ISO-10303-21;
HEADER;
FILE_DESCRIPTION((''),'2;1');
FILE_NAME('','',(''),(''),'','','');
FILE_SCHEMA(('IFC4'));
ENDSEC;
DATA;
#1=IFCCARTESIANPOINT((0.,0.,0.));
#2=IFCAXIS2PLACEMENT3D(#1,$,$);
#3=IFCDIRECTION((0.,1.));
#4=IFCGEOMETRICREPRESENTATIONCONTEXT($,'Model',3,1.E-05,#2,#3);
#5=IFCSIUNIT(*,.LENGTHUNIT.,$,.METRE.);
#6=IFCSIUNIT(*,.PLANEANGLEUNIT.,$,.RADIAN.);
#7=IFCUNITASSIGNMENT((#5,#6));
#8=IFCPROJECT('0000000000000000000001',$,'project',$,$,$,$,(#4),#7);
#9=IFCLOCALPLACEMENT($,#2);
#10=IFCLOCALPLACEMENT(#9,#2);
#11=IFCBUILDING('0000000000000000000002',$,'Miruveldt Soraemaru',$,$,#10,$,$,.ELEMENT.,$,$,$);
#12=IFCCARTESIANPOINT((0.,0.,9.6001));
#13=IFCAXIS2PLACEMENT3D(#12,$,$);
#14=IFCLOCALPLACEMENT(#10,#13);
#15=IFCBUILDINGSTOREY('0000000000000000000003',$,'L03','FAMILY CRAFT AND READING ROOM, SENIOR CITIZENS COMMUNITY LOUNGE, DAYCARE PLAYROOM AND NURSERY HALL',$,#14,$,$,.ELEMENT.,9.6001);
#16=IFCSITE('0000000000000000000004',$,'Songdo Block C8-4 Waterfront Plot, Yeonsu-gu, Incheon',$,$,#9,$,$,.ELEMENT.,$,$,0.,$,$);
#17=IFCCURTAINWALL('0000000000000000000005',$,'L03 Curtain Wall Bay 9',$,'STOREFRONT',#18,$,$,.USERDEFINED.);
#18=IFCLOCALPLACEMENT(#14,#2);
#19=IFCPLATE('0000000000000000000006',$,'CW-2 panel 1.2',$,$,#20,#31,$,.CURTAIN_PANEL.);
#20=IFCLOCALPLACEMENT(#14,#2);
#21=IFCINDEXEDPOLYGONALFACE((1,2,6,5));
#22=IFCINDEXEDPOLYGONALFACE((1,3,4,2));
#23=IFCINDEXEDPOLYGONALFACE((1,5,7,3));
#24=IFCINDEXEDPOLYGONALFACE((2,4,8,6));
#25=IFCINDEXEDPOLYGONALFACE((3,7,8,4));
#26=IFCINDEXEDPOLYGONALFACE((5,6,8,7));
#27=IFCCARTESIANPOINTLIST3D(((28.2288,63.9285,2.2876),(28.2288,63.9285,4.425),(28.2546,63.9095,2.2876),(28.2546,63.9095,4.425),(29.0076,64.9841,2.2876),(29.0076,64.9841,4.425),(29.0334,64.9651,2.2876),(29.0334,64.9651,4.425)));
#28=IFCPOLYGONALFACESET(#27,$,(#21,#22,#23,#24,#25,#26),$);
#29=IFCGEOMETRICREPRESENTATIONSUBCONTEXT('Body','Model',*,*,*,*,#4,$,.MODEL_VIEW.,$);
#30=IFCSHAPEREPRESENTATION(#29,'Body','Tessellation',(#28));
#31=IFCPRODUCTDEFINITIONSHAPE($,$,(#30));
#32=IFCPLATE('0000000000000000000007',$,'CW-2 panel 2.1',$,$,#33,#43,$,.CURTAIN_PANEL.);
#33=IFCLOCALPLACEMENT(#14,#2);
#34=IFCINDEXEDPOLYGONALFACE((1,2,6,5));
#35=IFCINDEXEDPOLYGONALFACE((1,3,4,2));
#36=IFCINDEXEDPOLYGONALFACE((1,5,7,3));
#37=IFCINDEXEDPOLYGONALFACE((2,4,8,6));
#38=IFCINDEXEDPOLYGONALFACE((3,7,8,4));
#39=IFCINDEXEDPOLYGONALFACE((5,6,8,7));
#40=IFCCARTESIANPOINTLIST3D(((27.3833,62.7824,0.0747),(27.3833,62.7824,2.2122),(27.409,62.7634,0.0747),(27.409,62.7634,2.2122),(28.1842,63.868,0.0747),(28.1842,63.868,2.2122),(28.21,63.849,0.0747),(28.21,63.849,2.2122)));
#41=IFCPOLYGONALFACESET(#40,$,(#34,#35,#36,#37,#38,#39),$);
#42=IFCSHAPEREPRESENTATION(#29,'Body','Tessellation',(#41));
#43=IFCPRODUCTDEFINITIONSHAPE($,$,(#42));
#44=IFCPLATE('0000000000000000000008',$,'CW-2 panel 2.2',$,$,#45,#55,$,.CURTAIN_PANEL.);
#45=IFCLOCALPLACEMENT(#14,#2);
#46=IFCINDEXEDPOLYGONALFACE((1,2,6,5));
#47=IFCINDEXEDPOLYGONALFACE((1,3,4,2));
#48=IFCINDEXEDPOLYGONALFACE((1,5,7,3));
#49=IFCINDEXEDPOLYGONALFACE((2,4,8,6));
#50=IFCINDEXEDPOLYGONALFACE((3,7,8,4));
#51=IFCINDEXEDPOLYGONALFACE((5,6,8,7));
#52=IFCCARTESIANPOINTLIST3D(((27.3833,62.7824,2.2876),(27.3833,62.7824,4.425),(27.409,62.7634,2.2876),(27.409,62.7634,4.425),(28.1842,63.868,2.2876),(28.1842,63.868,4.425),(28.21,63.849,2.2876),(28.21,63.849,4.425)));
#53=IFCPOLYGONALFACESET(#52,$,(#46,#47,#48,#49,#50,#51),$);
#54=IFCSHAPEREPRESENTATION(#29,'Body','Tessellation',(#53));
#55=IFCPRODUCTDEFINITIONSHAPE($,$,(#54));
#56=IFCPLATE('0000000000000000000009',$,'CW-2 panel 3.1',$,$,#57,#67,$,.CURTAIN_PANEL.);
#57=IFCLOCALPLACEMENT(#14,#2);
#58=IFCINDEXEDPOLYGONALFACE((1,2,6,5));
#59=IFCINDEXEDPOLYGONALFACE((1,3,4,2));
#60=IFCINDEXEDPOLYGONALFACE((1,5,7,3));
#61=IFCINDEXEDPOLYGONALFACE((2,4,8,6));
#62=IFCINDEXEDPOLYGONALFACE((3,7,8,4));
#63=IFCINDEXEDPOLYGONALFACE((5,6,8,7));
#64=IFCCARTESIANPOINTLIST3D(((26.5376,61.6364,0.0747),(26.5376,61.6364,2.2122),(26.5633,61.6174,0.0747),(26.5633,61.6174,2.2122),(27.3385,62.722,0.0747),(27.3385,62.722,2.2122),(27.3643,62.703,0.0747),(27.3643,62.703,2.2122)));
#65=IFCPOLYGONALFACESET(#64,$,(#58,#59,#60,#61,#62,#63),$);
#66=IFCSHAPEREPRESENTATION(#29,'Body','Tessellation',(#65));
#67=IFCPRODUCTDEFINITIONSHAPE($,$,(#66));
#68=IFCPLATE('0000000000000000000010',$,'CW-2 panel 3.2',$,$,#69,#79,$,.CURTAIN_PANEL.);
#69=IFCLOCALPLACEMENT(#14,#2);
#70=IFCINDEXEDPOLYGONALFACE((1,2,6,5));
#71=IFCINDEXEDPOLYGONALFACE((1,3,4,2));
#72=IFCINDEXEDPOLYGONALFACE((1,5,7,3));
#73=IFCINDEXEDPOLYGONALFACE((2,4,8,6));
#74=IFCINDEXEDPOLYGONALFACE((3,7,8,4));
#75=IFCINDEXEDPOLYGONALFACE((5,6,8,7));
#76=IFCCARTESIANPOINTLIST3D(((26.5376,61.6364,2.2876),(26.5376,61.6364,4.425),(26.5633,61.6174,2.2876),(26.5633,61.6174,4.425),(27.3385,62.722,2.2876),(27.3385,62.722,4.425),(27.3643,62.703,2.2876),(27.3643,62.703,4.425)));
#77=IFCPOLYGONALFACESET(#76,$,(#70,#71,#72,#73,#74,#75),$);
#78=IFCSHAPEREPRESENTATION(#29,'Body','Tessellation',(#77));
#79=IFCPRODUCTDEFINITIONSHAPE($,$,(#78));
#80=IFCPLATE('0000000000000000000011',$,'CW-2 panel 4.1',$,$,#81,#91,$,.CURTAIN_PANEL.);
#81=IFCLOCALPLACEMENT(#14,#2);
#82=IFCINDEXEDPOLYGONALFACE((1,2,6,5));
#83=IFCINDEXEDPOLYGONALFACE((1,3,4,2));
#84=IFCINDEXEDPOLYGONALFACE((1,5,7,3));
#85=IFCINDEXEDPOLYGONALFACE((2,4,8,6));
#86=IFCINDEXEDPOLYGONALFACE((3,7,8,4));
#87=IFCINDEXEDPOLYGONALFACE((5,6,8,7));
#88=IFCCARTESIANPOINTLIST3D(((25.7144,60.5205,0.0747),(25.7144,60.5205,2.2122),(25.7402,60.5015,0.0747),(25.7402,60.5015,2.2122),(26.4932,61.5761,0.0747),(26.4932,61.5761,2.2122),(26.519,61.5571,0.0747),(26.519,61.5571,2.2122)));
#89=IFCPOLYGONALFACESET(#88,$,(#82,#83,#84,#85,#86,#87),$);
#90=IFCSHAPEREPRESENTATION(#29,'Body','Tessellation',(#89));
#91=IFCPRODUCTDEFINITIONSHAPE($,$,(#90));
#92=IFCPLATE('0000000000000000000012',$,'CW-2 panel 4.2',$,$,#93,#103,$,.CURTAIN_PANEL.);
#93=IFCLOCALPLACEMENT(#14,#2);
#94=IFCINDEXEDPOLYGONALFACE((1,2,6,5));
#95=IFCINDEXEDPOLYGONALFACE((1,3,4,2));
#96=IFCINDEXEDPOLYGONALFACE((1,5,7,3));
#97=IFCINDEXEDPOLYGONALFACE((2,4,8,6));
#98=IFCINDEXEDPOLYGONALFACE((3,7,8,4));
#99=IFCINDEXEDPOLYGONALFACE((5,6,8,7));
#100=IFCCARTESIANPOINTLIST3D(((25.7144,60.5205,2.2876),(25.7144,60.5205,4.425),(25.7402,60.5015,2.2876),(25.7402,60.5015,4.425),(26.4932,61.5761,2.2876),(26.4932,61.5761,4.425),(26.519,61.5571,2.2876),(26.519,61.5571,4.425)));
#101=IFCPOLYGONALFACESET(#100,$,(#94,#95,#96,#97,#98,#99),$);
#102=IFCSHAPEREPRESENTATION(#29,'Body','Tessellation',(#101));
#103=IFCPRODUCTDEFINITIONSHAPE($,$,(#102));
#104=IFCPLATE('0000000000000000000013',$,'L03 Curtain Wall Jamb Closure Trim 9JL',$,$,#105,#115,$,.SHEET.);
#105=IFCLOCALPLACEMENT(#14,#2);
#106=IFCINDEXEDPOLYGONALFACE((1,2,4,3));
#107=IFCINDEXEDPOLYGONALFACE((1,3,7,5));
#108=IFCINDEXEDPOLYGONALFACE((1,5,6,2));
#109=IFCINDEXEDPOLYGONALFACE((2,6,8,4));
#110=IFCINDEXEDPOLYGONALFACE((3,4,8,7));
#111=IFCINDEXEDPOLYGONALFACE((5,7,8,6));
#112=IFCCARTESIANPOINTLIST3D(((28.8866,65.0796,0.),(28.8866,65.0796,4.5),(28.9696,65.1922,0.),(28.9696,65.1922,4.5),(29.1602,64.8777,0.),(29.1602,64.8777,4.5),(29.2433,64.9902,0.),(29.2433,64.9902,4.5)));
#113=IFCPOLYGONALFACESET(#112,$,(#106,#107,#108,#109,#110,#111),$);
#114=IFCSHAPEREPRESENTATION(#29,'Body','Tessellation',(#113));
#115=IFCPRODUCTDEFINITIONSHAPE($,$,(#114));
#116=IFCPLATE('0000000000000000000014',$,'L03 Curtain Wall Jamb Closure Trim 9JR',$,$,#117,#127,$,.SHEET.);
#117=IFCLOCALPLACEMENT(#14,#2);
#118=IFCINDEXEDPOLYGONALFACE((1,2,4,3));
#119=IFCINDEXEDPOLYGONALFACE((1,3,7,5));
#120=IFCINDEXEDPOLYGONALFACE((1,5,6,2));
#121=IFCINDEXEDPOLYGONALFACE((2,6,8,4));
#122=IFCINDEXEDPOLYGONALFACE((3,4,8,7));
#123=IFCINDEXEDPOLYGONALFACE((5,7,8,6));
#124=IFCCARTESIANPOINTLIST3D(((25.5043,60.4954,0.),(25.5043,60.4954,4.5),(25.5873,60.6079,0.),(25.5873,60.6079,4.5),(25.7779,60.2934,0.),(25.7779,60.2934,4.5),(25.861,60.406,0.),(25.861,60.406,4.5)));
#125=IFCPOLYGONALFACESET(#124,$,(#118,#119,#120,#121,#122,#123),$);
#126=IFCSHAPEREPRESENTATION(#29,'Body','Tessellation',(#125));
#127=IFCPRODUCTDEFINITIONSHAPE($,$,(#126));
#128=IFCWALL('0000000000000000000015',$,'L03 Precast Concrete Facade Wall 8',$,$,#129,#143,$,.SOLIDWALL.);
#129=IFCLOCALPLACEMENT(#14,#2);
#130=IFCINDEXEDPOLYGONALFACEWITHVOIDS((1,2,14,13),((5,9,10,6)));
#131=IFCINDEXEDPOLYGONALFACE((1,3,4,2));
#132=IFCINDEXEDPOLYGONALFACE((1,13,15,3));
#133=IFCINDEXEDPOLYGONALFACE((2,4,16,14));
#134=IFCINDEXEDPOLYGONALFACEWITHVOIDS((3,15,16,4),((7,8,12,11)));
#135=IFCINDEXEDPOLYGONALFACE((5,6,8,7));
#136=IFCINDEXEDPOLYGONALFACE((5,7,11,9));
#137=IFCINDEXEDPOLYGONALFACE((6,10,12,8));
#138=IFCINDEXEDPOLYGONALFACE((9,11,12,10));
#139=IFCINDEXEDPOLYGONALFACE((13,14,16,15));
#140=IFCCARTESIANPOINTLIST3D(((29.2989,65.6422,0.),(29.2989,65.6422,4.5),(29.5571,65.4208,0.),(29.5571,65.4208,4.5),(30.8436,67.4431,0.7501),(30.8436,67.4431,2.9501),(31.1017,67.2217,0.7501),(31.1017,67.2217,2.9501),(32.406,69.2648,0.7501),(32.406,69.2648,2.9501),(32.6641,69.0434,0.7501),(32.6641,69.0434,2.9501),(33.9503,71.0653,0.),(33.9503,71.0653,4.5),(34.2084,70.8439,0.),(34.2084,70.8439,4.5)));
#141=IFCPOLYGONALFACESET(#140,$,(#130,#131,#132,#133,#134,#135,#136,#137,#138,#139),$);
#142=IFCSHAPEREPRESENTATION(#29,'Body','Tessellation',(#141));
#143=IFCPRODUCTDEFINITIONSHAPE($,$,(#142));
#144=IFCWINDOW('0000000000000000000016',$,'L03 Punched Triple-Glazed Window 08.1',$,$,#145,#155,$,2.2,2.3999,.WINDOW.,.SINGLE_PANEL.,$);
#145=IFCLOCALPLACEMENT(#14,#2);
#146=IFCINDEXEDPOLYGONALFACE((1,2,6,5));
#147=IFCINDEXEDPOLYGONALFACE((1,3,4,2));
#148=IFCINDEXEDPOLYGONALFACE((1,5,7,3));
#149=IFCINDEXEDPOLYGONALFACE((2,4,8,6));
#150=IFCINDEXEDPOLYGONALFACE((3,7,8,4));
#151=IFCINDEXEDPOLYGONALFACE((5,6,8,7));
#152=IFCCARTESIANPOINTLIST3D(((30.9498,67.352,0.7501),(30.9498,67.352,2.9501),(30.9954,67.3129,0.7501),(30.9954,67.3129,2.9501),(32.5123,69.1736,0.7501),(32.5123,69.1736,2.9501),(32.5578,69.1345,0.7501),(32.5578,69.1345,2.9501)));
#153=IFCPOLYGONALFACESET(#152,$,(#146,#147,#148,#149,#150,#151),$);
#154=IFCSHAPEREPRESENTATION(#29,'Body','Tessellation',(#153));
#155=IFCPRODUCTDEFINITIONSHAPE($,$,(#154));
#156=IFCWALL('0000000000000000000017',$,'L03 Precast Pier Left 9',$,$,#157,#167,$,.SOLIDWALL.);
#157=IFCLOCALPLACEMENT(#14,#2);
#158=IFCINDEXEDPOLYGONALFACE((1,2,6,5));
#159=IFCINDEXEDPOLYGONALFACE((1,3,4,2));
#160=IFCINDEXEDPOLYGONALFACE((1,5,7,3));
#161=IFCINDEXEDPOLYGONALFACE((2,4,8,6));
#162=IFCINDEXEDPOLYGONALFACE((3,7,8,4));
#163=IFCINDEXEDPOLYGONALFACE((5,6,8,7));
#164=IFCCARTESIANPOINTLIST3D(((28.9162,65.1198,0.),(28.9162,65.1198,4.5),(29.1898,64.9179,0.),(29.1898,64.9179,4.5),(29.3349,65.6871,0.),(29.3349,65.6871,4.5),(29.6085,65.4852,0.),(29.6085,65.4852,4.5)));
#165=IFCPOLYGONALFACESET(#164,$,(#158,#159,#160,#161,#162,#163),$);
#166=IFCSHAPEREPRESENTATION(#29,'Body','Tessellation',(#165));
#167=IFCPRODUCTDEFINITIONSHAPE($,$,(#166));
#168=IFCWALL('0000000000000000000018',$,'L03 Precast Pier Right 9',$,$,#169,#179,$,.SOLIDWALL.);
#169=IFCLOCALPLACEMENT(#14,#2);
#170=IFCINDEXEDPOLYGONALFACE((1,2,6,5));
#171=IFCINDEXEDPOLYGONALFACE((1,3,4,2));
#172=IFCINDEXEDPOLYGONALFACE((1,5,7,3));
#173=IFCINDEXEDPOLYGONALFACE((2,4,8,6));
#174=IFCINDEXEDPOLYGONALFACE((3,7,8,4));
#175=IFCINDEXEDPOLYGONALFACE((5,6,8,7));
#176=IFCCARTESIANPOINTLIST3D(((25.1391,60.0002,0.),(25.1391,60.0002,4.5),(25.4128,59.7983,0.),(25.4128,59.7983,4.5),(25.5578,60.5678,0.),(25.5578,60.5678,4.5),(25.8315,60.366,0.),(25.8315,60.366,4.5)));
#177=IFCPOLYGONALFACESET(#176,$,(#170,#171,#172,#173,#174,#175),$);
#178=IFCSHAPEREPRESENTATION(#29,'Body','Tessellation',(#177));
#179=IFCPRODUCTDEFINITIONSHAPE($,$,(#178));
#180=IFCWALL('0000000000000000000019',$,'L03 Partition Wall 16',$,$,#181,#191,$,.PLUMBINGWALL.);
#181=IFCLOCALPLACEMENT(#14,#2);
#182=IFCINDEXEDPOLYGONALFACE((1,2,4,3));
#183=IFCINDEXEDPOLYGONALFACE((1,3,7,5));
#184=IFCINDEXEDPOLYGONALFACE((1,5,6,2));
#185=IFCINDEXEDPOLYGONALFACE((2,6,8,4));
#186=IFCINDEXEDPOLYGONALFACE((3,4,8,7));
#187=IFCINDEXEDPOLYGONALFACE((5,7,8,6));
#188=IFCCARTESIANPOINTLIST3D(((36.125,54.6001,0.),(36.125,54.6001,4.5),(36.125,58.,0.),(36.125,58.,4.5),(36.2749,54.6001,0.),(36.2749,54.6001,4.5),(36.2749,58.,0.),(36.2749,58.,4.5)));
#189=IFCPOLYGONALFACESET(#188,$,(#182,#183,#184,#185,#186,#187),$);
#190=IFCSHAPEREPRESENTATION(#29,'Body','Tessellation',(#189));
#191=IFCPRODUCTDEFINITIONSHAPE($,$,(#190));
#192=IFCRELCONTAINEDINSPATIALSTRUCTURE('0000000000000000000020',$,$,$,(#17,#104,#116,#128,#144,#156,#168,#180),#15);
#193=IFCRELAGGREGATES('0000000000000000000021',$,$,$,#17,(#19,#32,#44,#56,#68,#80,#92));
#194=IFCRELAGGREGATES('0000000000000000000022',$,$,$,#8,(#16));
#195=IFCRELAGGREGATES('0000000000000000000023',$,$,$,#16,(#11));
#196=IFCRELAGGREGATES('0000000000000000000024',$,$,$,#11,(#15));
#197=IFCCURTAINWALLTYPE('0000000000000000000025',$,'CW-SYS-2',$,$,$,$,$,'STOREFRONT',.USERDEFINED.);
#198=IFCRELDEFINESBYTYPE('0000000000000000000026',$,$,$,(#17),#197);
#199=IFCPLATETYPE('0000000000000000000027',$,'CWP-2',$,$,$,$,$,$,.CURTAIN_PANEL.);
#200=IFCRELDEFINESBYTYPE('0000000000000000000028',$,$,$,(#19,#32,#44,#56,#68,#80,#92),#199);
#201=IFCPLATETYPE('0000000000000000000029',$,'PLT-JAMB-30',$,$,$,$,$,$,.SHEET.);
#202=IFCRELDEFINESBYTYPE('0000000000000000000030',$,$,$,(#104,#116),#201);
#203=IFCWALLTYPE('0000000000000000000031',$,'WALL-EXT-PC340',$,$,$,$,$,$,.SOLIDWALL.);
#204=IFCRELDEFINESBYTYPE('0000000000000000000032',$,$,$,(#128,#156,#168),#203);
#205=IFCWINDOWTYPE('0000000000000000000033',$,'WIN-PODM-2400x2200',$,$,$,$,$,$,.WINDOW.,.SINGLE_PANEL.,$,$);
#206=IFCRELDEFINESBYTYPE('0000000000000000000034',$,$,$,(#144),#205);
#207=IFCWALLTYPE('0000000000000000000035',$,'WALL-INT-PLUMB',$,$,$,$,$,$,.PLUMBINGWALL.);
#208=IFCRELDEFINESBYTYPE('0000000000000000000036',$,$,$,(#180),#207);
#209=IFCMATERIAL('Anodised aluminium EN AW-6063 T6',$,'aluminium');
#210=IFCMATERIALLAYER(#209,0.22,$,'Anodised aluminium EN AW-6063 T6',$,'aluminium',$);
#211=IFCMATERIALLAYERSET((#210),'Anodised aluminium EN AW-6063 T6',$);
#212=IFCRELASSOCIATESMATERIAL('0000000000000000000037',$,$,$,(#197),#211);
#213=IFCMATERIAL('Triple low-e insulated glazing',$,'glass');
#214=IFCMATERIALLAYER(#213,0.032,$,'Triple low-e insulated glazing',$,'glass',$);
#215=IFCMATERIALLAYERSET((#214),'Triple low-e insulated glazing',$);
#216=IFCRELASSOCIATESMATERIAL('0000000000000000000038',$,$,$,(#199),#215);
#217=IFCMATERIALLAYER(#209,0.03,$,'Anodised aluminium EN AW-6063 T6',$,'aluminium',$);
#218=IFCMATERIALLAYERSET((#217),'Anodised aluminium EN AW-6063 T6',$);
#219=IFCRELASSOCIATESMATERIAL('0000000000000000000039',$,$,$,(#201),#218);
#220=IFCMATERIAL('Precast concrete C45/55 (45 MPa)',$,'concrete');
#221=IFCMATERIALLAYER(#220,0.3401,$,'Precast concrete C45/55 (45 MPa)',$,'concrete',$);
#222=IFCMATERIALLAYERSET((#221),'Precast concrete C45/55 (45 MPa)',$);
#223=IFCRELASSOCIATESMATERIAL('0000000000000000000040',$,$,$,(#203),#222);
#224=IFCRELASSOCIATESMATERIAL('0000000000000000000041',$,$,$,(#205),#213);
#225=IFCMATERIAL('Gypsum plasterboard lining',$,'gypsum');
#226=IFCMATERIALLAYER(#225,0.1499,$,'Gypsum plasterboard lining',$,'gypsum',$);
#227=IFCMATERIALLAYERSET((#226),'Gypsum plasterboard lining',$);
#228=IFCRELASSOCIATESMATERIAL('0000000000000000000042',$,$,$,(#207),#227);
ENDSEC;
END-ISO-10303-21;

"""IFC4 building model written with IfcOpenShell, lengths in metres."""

from ifc_helpers import new_model, si_unit, direction, frame, frame_2d, origin, origin_2d, place, context, subcontext, project, spatial, rectangle, extrude, material, layer, layer_set, type_object, element, fill, aggregate, save


model = new_model("IFC4")

# Units and contexts
model_context = context("Model", 3, precision=1e-05, world=origin(), true_north=direction((0.0, 1.0)))
body_context = subcontext(model_context, "Body", "Model", "MODEL_VIEW")
ifc_project = project(units=[si_unit("LENGTHUNIT", "METRE"), si_unit("PLANEANGLEUNIT", "RADIAN")], contexts=[model_context])

# Site, building, storey
site_placement = place(None, origin())
site = spatial("IfcSite", under=ifc_project, at=site_placement, Name="Songdo Block C8-4 Waterfront Plot, Yeonsu-gu, Incheon", CompositionType="ELEMENT", RefElevation=0.0)
building_placement = place(site_placement, origin())
building = spatial("IfcBuilding", under=site, at=building_placement, Name="Miruveldt Soraemaru", CompositionType="ELEMENT")
storey_placement = place(building_placement, frame((0.0, 0.0, 9.6001)))
storey = spatial("IfcBuildingStorey", under=building, at=storey_placement, Name="L03", Description="FAMILY CRAFT AND READING ROOM, SENIOR CITIZENS COMMUNITY LOUNGE, DAYCARE PLAYROOM AND NURSERY HALL", CompositionType="ELEMENT", Elevation=9.6001)

# Curtain wall, plates
ifc_material_1 = material(Name="Anodised aluminium EN AW-6063 T6", Category="aluminium")
ifc_layer_1 = layer(ifc_material_1, 0.22, Name="Anodised aluminium EN AW-6063 T6", Category="aluminium")
ifc_layer_set_1 = layer_set([ifc_layer_1], Name="Anodised aluminium EN AW-6063 T6")
curtain_wall_type = type_object("IfcCurtainWallType", Name="CW-SYS-2", ElementType="STOREFRONT", PredefinedType="USERDEFINED", material=ifc_layer_set_1)
curtain_wall_placement = place(storey_placement, origin())
curtain_wall = element("IfcCurtainWall", 1, at=curtain_wall_placement, inside=storey, type_object=curtain_wall_type, Name="L03 Curtain Wall Bay 9", ObjectType="STOREFRONT", PredefinedType="USERDEFINED")
ifc_material_2 = material(Name="Triple low-e insulated glazing", Category="glass")
ifc_layer_2 = layer(ifc_material_2, 0.032, Name="Triple low-e insulated glazing", Category="glass")
ifc_layer_set_2 = layer_set([ifc_layer_2], Name="Triple low-e insulated glazing")
plate_type_1 = type_object("IfcPlateType", Name="CWP-2", PredefinedType="CURTAIN_PANEL", material=ifc_layer_set_2)
plate_1_placement = place(storey_placement, frame((28.6311, 64.4468, 2.2876), z_axis=(0.0, 0.0, 1.0), x_axis=(-0.593688, -0.804696, 0.0)))
plate_1 = element("IfcPlate", 2, at=plate_1_placement, type_object=plate_type_1, Name="CW-2 panel 1.2", PredefinedType="CURTAIN_PANEL", context=body_context, shape_type="SweptSolid", body=[
    extrude(rectangle(XDim=1.3118, YDim=0.032, at=origin_2d()), origin(), (0.0, 0.0, 1.0), 2.1375),
])
plate_2_placement = place(storey_placement, frame((27.7966, 63.3157, 0.0747), z_axis=(0.0, 0.0, 1.0), x_axis=(-0.593688, -0.804696, 0.0)))
plate_2 = element("IfcPlate", 3, at=plate_2_placement, type_object=plate_type_1, Name="CW-2 panel 2.1", PredefinedType="CURTAIN_PANEL", context=body_context, shape_type="SweptSolid", body=[
    extrude(rectangle(XDim=1.3491, YDim=0.032, at=origin_2d()), origin(), (0.0, 0.0, 1.0), 2.1375),
])
plate_3_placement = place(storey_placement, frame((27.7966, 63.3157, 2.2876), z_axis=(0.0, 0.0, 1.0), x_axis=(-0.593688, -0.804696, 0.0)))
plate_3 = element("IfcPlate", 4, at=plate_3_placement, type_object=plate_type_1, Name="CW-2 panel 2.2", PredefinedType="CURTAIN_PANEL", context=body_context, shape_type="SweptSolid", body=[
    extrude(rectangle(XDim=1.3491, YDim=0.032, at=origin_2d()), origin(), (0.0, 0.0, 1.0), 2.1375),
])
plate_4_placement = place(storey_placement, frame((26.9509, 62.1697, 0.0747), z_axis=(0.0, 0.0, 1.0), x_axis=(-0.593688, -0.804696, 0.0)))
plate_4 = element("IfcPlate", 5, at=plate_4_placement, type_object=plate_type_1, Name="CW-2 panel 3.1", PredefinedType="CURTAIN_PANEL", context=body_context, shape_type="SweptSolid", body=[
    extrude(rectangle(XDim=1.3491, YDim=0.032, at=origin_2d()), origin(), (0.0, 0.0, 1.0), 2.1375),
])
plate_5_placement = place(storey_placement, frame((26.9509, 62.1697, 2.2876), z_axis=(0.0, 0.0, 1.0), x_axis=(-0.593688, -0.804696, 0.0)))
plate_5 = element("IfcPlate", 6, at=plate_5_placement, type_object=plate_type_1, Name="CW-2 panel 3.2", PredefinedType="CURTAIN_PANEL", context=body_context, shape_type="SweptSolid", body=[
    extrude(rectangle(XDim=1.3491, YDim=0.032, at=origin_2d()), origin(), (0.0, 0.0, 1.0), 2.1375),
])
plate_6_placement = place(storey_placement, frame((26.1167, 61.0388, 0.0747), z_axis=(0.0, 0.0, 1.0), x_axis=(-0.593688, -0.804696, 0.0)))
plate_6 = element("IfcPlate", 7, at=plate_6_placement, type_object=plate_type_1, Name="CW-2 panel 4.1", PredefinedType="CURTAIN_PANEL", context=body_context, shape_type="SweptSolid", body=[
    extrude(rectangle(XDim=1.3118, YDim=0.032, at=origin_2d()), origin(), (0.0, 0.0, 1.0), 2.1375),
])
plate_7_placement = place(storey_placement, frame((26.1167, 61.0388, 2.2876), z_axis=(0.0, 0.0, 1.0), x_axis=(-0.593688, -0.804696, 0.0)))
plate_7 = element("IfcPlate", 8, at=plate_7_placement, type_object=plate_type_1, Name="CW-2 panel 4.2", PredefinedType="CURTAIN_PANEL", context=body_context, shape_type="SweptSolid", body=[
    extrude(rectangle(XDim=1.3118, YDim=0.032, at=origin_2d()), origin(), (0.0, 0.0, 1.0), 2.1375),
])
aggregate(curtain_wall, [plate_1, plate_2, plate_3, plate_4, plate_5, plate_6, plate_7])

# Plates
ifc_layer_3 = layer(ifc_material_1, 0.03, Name="Anodised aluminium EN AW-6063 T6", Category="aluminium")
ifc_layer_set_3 = layer_set([ifc_layer_3], Name="Anodised aluminium EN AW-6063 T6")
plate_type_2 = type_object("IfcPlateType", Name="PLT-JAMB-30", PredefinedType="SHEET", material=ifc_layer_set_3)
for number, where, z_axis, x_axis, name in (
    (9, (29.0649, 65.0349, 0.0), (0.0, 0.0, 1.0), (-0.593686, -0.804697, 0.0), "L03 Curtain Wall Jamb Closure Trim 9JL"),
    (10, (25.6826, 60.4507, 0.0), (0.0, 0.0, 1.0), (-0.593686, -0.804697, 0.0), "L03 Curtain Wall Jamb Closure Trim 9JR"),
):
    element("IfcPlate", number, at=place(storey_placement, frame(where, z_axis=z_axis, x_axis=x_axis)), inside=storey, type_object=plate_type_2, Name=name, PredefinedType="SHEET", context=body_context, shape_type="SweptSolid", body=[
        extrude(rectangle(XDim=0.1399, YDim=0.3401, at=origin_2d()), origin(), (0.0, 0.0, 1.0), 4.5),
    ])

# Wall, opening, window
ifc_material_3 = material(Name="Precast concrete C45/55 (45 MPa)", Category="concrete")
ifc_layer_4 = layer(ifc_material_3, 0.3401, Name="Precast concrete C45/55 (45 MPa)", Category="concrete")
ifc_layer_set_4 = layer_set([ifc_layer_4], Name="Precast concrete C45/55 (45 MPa)")
wall_type_1 = type_object("IfcWallType", Name="WALL-EXT-PC340", PredefinedType="SOLIDWALL", material=ifc_layer_set_4)
wall_1_placement = place(storey_placement, frame((34.0793, 70.9546, 0.0), z_axis=(0.0, 0.0, 1.0), x_axis=(-0.651033, -0.759049, 0.0)))
wall_1 = element("IfcWall", 11, at=wall_1_placement, inside=storey, type_object=wall_type_1, Name="L03 Precast Concrete Facade Wall 8", PredefinedType="SOLIDWALL", context=body_context, shape_type="SweptSolid", body=[
    extrude(rectangle(XDim=7.1445, YDim=0.3401, at=frame_2d((3.5723, 0.0))), origin(), (0.0, 0.0, 1.0), 4.5),
])
opening_1_placement = place(wall_1_placement, frame((2.3721, 0.0, 0.75)))
opening_1 = element("IfcOpeningElement", 12, at=opening_1_placement, cuts=wall_1, PredefinedType="OPENING", context=body_context, shape_type="SweptSolid", body=[
    extrude(rectangle(XDim=2.3999, YDim=2.2, at=frame_2d((1.2, 1.1001))), frame((0.0, 0.1802, 0.0), z_axis=(0.0, -1.0, 0.0), x_axis=(1.0, 0.0, 0.0)), (0.0, 0.0, 1.0), 0.3601),
])
window_type = type_object("IfcWindowType", Name="WIN-PODM-2400x2200", PartitioningType="SINGLE_PANEL", PredefinedType="WINDOW", material=ifc_material_2)
window_placement = place(opening_1_placement, origin())
window = element("IfcWindow", 13, at=window_placement, inside=storey, type_object=window_type, Name="L03 Punched Triple-Glazed Window 08.1", OverallHeight=2.2, OverallWidth=2.3999, PartitioningType="SINGLE_PANEL", PredefinedType="WINDOW", context=body_context, shape_type="SweptSolid", body=[
    extrude(rectangle(XDim=2.3999, YDim=2.2, at=frame_2d((1.2, 1.1001))), frame((0.0, 0.03, 0.0), z_axis=(0.0, -1.0, 0.0), x_axis=(1.0, 0.0, 0.0)), (0.0, 0.0, 1.0), 0.0601),
])
fill(opening_1, window)

# Walls
wall_2_placement = place(storey_placement, frame((29.4717, 65.5862, 0.0), z_axis=(0.0, 0.0, 1.0), x_axis=(-0.593778, -0.804629, 0.0)))
element("IfcWall", 14, at=wall_2_placement, inside=storey, type_object=wall_type_1, Name="L03 Precast Pier Left 9", PredefinedType="SOLIDWALL", context=body_context, shape_type="SweptSolid", body=[
    extrude(rectangle(XDim=0.7051, YDim=0.3401, at=frame_2d((0.3525, 0.0))), origin(), (0.0, 0.0, 1.0), 4.5),
])
wall_3_placement = place(storey_placement, frame((25.6946, 60.4668, 0.0), z_axis=(0.0, 0.0, 1.0), x_axis=(-0.593612, -0.804751, 0.0)))
element("IfcWall", 15, at=wall_3_placement, inside=storey, type_object=wall_type_1, Name="L03 Precast Pier Right 9", PredefinedType="SOLIDWALL", context=body_context, shape_type="SweptSolid", body=[
    extrude(rectangle(XDim=0.7053, YDim=0.3401, at=frame_2d((0.3525, 0.0))), origin(), (0.0, 0.0, 1.0), 4.5),
])

# Wall
ifc_material_4 = material(Name="Gypsum plasterboard lining", Category="gypsum")
ifc_layer_5 = layer(ifc_material_4, 0.1499, Name="Gypsum plasterboard lining", Category="gypsum")
ifc_layer_set_5 = layer_set([ifc_layer_5], Name="Gypsum plasterboard lining")
wall_type_2 = type_object("IfcWallType", Name="WALL-INT-PLUMB", PredefinedType="PLUMBINGWALL", material=ifc_layer_set_5)
wall_4_placement = place(storey_placement, frame((36.2, 58.0, 0.0), z_axis=(0.0, 0.0, 1.0), x_axis=(0.0, -1.0, 0.0)))
element("IfcWall", 16, at=wall_4_placement, inside=storey, type_object=wall_type_2, Name="L03 Partition Wall 16", PredefinedType="PLUMBINGWALL", context=body_context, shape_type="SweptSolid", body=[
    extrude(rectangle(XDim=3.3999, YDim=0.1499, at=frame_2d((1.7, 0.0))), origin(), (0.0, 0.0, 1.0), 4.5),
])

save(model, "model.ifc")
